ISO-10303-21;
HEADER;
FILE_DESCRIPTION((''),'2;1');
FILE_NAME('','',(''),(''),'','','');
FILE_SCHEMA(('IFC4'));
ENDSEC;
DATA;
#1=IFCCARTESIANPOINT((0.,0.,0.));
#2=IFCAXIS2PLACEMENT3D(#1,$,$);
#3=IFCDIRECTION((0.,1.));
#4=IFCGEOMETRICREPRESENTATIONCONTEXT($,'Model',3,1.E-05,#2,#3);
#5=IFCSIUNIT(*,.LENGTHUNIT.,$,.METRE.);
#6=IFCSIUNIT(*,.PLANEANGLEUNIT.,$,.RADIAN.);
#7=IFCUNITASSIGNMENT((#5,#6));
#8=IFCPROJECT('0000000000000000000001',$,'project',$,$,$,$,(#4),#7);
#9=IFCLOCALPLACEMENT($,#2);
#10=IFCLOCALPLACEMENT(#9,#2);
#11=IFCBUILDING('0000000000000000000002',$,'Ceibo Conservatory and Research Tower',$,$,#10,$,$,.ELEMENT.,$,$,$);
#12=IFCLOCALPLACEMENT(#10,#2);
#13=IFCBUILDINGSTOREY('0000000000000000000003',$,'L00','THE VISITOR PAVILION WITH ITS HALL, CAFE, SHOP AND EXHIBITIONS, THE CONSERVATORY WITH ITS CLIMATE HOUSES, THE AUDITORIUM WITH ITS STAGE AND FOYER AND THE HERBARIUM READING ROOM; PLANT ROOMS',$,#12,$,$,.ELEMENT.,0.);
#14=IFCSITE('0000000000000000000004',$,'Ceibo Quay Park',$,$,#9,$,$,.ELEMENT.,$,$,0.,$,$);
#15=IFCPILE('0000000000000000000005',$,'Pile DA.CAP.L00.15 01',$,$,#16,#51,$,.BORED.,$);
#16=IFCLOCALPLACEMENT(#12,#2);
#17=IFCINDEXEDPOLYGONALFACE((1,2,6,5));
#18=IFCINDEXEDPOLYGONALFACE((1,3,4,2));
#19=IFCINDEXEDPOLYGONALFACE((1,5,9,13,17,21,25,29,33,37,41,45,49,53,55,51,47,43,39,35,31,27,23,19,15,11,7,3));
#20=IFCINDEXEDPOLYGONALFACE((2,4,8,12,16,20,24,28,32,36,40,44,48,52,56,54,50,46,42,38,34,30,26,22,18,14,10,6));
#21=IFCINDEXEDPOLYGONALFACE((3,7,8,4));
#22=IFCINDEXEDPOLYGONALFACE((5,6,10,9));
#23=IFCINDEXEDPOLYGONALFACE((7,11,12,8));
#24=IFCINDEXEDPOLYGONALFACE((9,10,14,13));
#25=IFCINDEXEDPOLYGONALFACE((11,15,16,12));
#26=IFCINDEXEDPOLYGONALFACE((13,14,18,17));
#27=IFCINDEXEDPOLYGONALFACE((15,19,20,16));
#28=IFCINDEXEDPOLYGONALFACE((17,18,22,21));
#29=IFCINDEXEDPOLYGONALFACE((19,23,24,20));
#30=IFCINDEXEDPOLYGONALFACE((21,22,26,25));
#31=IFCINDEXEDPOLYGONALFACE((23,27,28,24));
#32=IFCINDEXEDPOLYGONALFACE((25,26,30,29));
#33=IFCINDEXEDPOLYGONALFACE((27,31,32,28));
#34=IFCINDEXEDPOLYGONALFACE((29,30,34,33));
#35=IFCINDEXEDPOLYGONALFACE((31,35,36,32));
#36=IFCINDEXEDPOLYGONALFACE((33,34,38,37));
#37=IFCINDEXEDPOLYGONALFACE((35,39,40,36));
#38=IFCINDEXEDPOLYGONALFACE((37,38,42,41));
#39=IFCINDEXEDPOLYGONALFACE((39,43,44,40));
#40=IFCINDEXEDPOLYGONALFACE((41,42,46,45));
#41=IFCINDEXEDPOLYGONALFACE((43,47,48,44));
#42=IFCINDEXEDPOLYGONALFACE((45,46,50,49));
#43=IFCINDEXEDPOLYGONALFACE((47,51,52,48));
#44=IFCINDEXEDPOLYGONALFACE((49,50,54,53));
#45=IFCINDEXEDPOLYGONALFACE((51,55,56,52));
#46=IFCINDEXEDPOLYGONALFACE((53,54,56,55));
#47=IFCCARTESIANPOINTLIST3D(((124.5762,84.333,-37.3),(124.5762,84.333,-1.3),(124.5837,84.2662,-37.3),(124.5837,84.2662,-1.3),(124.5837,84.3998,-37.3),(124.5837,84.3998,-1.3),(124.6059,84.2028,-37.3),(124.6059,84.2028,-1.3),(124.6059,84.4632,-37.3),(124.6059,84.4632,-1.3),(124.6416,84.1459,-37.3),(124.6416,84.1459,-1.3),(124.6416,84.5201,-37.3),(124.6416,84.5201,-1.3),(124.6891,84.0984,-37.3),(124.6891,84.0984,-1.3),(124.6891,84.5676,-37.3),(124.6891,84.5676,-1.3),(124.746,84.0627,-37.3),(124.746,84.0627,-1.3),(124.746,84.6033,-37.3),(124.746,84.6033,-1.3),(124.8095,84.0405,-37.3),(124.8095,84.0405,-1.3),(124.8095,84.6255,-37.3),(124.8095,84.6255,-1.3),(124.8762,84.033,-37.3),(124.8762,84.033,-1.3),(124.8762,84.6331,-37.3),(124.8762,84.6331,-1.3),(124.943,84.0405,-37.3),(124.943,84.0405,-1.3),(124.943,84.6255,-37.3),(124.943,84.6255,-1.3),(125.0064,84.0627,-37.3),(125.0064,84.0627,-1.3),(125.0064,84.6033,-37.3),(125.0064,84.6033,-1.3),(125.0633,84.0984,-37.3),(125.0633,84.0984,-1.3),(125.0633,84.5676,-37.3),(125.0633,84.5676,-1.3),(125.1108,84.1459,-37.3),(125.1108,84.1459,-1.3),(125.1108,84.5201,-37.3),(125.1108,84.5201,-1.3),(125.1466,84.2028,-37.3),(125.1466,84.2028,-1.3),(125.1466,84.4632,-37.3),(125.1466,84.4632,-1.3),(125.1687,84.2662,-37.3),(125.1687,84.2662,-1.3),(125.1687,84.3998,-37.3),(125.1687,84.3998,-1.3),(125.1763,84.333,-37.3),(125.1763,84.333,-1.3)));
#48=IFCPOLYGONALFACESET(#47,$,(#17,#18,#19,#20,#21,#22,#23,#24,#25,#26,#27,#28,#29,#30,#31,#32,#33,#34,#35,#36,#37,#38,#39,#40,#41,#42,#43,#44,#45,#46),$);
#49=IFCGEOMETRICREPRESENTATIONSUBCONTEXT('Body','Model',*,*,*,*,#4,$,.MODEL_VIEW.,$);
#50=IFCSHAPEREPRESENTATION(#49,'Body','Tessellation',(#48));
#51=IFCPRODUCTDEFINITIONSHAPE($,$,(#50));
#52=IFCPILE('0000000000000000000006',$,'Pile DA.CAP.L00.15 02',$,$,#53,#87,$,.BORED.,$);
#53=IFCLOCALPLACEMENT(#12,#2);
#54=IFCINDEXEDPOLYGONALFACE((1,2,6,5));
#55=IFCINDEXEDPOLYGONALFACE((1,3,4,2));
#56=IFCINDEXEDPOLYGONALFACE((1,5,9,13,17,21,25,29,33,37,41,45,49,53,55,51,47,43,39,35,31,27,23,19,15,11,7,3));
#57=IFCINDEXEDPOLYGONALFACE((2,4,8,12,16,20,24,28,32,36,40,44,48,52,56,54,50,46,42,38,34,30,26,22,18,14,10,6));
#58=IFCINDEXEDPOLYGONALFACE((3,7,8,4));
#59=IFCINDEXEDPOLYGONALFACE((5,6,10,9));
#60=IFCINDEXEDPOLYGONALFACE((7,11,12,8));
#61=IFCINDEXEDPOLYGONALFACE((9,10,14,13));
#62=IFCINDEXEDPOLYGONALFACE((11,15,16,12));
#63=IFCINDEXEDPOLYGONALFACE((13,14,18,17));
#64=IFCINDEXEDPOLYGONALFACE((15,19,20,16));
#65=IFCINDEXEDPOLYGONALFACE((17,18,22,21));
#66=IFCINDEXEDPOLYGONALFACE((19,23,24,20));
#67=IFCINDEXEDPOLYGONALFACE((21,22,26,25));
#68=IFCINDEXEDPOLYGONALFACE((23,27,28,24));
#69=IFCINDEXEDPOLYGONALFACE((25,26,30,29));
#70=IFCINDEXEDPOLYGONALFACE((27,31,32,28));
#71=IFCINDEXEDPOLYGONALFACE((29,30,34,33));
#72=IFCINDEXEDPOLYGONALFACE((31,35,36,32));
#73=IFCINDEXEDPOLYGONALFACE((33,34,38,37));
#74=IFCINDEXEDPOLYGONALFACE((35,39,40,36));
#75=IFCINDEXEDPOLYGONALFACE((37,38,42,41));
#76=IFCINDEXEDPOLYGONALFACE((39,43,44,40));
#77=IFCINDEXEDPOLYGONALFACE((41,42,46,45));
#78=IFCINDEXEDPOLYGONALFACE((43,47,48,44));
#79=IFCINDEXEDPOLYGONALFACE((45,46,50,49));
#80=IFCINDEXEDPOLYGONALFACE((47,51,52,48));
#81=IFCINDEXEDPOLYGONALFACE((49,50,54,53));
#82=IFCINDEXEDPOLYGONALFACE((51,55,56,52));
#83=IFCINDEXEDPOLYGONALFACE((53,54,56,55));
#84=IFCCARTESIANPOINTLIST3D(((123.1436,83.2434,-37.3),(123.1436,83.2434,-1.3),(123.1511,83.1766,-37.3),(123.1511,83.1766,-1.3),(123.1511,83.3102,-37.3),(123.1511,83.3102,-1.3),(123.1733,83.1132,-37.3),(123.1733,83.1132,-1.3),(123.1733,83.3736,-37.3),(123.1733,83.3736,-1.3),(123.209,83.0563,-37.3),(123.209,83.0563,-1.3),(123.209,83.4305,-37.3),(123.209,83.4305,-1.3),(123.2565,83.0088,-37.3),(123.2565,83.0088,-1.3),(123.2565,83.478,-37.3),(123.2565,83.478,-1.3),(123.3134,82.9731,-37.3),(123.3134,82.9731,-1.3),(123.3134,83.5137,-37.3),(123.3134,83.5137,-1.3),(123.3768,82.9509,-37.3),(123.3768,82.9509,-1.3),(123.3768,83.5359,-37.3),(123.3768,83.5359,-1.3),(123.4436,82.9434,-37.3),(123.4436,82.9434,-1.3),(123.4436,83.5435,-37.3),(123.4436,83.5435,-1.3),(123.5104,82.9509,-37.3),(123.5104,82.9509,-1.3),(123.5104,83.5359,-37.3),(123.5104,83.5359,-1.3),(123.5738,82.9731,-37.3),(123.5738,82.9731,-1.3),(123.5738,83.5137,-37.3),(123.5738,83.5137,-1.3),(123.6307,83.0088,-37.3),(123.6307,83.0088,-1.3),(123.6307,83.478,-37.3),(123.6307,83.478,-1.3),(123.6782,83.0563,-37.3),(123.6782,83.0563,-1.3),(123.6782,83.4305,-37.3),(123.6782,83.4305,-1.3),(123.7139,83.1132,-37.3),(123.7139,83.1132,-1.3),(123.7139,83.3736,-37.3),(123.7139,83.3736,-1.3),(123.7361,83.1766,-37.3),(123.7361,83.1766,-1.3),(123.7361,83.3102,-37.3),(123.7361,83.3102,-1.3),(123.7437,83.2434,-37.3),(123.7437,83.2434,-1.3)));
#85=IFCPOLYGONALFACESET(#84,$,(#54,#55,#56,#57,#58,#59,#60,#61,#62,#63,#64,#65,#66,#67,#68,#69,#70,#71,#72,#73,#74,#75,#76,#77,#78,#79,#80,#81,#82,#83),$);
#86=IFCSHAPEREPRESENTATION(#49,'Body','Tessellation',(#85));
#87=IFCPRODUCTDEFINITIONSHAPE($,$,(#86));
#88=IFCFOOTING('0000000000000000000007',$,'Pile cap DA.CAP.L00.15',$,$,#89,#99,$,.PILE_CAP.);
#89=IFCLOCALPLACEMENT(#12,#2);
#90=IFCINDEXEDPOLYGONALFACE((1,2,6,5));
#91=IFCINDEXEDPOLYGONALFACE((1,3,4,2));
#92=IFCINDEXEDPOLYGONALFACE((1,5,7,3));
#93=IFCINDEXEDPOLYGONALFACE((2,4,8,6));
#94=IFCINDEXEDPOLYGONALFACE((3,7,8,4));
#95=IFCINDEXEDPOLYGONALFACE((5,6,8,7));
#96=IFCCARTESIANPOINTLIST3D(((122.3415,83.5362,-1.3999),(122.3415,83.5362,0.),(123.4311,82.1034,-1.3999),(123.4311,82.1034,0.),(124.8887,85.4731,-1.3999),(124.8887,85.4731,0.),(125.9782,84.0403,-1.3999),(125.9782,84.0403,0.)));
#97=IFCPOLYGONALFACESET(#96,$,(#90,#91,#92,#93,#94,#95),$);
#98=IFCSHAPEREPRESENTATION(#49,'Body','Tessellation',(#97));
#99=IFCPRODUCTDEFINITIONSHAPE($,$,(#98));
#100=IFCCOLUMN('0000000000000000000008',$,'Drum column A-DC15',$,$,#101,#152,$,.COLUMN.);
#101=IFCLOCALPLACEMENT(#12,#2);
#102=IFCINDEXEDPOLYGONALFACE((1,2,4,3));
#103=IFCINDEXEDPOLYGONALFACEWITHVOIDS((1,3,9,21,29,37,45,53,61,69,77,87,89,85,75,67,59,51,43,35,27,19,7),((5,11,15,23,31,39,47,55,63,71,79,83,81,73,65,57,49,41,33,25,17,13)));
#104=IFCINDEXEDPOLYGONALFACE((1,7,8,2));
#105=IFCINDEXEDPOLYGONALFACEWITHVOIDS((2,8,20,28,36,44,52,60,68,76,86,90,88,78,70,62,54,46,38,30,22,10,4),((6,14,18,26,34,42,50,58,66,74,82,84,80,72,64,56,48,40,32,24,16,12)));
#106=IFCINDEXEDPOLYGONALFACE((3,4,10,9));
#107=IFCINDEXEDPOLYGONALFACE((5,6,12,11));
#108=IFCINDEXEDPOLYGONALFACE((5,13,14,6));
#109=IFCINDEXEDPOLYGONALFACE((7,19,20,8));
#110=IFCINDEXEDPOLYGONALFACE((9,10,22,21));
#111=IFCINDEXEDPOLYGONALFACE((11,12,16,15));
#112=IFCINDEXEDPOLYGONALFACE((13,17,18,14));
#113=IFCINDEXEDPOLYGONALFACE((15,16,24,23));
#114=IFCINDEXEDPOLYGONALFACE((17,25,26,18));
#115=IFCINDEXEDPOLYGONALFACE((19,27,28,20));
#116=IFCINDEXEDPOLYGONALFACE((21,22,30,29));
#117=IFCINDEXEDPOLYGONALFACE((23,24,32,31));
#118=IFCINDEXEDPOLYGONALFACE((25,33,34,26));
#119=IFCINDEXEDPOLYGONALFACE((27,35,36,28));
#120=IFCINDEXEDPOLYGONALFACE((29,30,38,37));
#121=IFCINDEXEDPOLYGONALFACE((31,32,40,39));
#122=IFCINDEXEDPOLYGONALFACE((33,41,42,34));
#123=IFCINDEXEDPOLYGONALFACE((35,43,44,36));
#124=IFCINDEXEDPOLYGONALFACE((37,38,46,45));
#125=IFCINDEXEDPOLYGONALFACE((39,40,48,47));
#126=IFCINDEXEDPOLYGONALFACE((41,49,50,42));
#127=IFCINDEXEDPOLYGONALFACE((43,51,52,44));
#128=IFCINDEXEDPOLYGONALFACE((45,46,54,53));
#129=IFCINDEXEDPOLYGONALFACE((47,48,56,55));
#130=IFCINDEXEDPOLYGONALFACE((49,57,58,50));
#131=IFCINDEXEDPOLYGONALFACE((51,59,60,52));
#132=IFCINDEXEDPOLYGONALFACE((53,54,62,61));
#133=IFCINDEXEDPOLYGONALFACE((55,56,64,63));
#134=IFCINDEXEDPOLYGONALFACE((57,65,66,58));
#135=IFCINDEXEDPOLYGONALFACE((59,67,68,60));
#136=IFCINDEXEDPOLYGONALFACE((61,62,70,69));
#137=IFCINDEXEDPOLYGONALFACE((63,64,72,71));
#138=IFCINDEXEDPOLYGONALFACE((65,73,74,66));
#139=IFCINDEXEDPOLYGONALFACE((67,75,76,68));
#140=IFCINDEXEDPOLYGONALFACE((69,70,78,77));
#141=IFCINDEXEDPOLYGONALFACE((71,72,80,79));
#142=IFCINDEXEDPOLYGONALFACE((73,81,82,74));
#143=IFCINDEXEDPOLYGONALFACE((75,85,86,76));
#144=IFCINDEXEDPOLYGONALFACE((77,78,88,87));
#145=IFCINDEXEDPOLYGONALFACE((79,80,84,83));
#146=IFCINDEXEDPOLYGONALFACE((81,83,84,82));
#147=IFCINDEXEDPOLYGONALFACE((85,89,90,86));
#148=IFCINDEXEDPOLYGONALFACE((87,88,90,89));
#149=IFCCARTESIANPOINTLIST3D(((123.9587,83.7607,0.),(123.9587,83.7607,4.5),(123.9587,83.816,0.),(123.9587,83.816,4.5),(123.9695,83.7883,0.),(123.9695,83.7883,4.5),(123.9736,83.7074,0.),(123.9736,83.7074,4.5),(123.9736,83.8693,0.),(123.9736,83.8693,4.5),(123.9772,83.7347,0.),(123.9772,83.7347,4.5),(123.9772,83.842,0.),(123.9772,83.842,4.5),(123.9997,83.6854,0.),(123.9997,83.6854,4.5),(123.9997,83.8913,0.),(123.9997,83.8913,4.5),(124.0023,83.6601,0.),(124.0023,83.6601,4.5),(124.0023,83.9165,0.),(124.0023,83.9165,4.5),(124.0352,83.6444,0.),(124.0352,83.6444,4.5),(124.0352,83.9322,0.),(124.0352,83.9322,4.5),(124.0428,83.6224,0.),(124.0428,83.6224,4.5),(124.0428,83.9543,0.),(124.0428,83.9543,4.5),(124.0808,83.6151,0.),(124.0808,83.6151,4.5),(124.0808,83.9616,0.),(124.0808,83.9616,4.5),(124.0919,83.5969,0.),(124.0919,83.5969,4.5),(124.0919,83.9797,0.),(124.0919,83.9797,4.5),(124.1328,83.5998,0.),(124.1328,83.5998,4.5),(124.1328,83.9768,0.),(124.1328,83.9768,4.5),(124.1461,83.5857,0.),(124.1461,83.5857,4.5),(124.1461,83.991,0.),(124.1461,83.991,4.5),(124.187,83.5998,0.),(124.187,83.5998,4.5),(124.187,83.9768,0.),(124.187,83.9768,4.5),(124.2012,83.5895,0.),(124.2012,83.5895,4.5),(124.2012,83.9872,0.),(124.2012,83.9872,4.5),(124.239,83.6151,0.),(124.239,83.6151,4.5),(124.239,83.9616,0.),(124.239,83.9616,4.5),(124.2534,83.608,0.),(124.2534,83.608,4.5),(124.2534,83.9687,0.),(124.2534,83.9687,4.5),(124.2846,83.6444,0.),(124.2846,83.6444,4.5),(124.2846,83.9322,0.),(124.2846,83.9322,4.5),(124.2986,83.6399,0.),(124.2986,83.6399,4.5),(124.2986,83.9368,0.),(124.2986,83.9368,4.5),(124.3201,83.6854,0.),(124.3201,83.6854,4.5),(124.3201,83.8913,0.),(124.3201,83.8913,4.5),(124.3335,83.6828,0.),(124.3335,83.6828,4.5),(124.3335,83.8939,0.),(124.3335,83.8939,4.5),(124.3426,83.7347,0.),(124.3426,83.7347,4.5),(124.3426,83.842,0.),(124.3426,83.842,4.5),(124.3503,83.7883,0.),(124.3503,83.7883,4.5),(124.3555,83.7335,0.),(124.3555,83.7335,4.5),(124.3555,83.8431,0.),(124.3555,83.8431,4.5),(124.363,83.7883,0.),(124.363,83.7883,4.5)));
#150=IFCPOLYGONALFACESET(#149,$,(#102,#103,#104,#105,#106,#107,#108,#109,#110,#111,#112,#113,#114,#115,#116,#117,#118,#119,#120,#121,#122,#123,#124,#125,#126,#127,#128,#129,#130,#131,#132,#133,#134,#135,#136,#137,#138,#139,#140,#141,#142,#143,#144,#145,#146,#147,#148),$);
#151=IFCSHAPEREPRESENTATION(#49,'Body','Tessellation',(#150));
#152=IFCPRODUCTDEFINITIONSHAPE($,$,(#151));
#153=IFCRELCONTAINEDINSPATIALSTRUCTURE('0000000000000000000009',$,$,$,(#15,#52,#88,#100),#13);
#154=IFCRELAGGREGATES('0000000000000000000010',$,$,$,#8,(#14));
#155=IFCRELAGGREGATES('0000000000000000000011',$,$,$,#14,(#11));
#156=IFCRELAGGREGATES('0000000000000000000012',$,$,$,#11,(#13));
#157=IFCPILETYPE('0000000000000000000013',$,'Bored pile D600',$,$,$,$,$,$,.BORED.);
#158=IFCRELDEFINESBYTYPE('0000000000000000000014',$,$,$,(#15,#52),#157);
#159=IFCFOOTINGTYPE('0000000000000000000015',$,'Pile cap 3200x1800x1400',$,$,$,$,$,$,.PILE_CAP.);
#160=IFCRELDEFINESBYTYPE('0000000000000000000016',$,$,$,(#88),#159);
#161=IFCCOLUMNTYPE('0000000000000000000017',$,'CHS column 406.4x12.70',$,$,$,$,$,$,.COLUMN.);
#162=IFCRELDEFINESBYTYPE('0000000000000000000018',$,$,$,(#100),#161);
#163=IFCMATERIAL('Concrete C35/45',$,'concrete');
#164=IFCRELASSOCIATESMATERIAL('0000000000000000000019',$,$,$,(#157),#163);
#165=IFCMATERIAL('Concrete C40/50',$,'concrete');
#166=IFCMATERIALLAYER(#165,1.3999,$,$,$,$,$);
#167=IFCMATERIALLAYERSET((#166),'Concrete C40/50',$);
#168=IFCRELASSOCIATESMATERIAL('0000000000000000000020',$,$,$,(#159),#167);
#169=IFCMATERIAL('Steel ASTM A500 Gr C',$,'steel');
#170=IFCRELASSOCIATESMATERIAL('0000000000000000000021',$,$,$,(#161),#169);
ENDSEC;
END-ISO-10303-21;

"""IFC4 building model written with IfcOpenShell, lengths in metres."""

from ifc_helpers import new_model, si_unit, direction, frame, origin, origin_2d, place, context, subcontext, project, spatial, polyline, circle, hollow_circle, outline, extrude, material, layer, layer_set, material_profile, profile_set, type_object, element, save


model = new_model("IFC4")

# Units and contexts
model_context = context("Model", 3, precision=1e-05, world=origin(), true_north=direction((0.0, 1.0)))
body_context = subcontext(model_context, "Body", "Model", "MODEL_VIEW")
ifc_project = project(units=[si_unit("LENGTHUNIT", "METRE"), si_unit("PLANEANGLEUNIT", "RADIAN")], contexts=[model_context])

# Site, building, storey
site_placement = place(None, origin())
site = spatial("IfcSite", under=ifc_project, at=site_placement, Name="Ceibo Quay Park", CompositionType="ELEMENT", RefElevation=0.0)
building_placement = place(site_placement, origin())
building = spatial("IfcBuilding", under=site, at=building_placement, Name="Ceibo Conservatory and Research Tower", CompositionType="ELEMENT")
storey_placement = place(building_placement, origin())
storey = spatial("IfcBuildingStorey", under=building, at=storey_placement, Name="L00", Description="THE VISITOR PAVILION WITH ITS HALL, CAFE, SHOP AND EXHIBITIONS, THE CONSERVATORY WITH ITS CLIMATE HOUSES, THE AUDITORIUM WITH ITS STAGE AND FOYER AND THE HERBARIUM READING ROOM; PLANT ROOMS", CompositionType="ELEMENT", Elevation=0.0)

# Piles
ifc_material_1 = material(Name="Concrete C35/45", Category="concrete")
ifc_material_profile_1 = material_profile(ifc_material_1, circle(Radius=0.3, at=origin_2d()), Name="RC D600")
ifc_profile_set_1 = profile_set([ifc_material_profile_1], Name="Concrete C35/45")
pile_type = type_object("IfcPileType", Name="Bored pile D600", PredefinedType="BORED", material=ifc_profile_set_1)
for number, where, z_axis, x_axis, name in (
    (1, (124.8762, 84.333, -1.3), (0.0, 0.0, -1.0), (1.0, 0.0, 0.0), "Pile DA.CAP.L00.15 01"),
    (2, (123.4436, 83.2434, -1.3), (0.0, 0.0, -1.0), (1.0, 0.0, 0.0), "Pile DA.CAP.L00.15 02"),
):
    element("IfcPile", number, at=place(storey_placement, frame(where, z_axis=z_axis, x_axis=x_axis)), inside=storey, type_object=pile_type, Name=name, PredefinedType="BORED", context=body_context, shape_type="SweptSolid", body=[
        extrude(circle(Radius=0.3, at=origin_2d()), origin(), (0.0, 0.0, 1.0), 36.0),
    ])

# Footing
ifc_material_2 = material(Name="Concrete C40/50", Category="concrete")
ifc_layer_1 = layer(ifc_material_2, 1.3999)
ifc_layer_set_1 = layer_set([ifc_layer_1], Name="Concrete C40/50")
footing_type = type_object("IfcFootingType", Name="Pile cap 3200x1800x1400", PredefinedType="PILE_CAP", material=ifc_layer_set_1)
footing_placement = place(storey_placement, frame((124.8887, 85.4731, -1.3999), z_axis=(0.0, 0.0, 1.0), x_axis=(-0.796002, -0.605294, 0.0)))
element("IfcFooting", 3, at=footing_placement, inside=storey, type_object=footing_type, Name="Pile cap DA.CAP.L00.15", PredefinedType="PILE_CAP", context=body_context, shape_type="SweptSolid", body=[
    extrude(outline(polyline([(0.0, 0.0), (3.2, 0.0), (3.2, 1.8), (0.0, 1.8), (0.0, 0.0)])), origin(), (0.0, 0.0, 1.0), 1.3999),
])

# Column
ifc_material_3 = material(Name="Steel ASTM A500 Gr C", Category="steel")
ifc_material_profile_2 = material_profile(ifc_material_3, hollow_circle(Radius=0.2031, WallThickness=0.0127, at=origin_2d()), Name="CHS column 406.4x12.70")
ifc_profile_set_2 = profile_set([ifc_material_profile_2], Name="Steel ASTM A500 Gr C")
column_type = type_object("IfcColumnType", Name="CHS column 406.4x12.70", PredefinedType="COLUMN", material=ifc_profile_set_2)
column_placement = place(storey_placement, frame((124.1599, 83.7883, 0.0), z_axis=(0.0, 0.0, 1.0), x_axis=(1.0, 0.0, 0.0)))
element("IfcColumn", 4, at=column_placement, inside=storey, type_object=column_type, Name="Drum column A-DC15", PredefinedType="COLUMN", context=body_context, shape_type="SweptSolid", body=[
    extrude(hollow_circle(Radius=0.2031, WallThickness=0.0127, at=origin_2d()), origin(), (0.0, 0.0, 1.0), 4.5),
])

save(model, "model.ifc")
